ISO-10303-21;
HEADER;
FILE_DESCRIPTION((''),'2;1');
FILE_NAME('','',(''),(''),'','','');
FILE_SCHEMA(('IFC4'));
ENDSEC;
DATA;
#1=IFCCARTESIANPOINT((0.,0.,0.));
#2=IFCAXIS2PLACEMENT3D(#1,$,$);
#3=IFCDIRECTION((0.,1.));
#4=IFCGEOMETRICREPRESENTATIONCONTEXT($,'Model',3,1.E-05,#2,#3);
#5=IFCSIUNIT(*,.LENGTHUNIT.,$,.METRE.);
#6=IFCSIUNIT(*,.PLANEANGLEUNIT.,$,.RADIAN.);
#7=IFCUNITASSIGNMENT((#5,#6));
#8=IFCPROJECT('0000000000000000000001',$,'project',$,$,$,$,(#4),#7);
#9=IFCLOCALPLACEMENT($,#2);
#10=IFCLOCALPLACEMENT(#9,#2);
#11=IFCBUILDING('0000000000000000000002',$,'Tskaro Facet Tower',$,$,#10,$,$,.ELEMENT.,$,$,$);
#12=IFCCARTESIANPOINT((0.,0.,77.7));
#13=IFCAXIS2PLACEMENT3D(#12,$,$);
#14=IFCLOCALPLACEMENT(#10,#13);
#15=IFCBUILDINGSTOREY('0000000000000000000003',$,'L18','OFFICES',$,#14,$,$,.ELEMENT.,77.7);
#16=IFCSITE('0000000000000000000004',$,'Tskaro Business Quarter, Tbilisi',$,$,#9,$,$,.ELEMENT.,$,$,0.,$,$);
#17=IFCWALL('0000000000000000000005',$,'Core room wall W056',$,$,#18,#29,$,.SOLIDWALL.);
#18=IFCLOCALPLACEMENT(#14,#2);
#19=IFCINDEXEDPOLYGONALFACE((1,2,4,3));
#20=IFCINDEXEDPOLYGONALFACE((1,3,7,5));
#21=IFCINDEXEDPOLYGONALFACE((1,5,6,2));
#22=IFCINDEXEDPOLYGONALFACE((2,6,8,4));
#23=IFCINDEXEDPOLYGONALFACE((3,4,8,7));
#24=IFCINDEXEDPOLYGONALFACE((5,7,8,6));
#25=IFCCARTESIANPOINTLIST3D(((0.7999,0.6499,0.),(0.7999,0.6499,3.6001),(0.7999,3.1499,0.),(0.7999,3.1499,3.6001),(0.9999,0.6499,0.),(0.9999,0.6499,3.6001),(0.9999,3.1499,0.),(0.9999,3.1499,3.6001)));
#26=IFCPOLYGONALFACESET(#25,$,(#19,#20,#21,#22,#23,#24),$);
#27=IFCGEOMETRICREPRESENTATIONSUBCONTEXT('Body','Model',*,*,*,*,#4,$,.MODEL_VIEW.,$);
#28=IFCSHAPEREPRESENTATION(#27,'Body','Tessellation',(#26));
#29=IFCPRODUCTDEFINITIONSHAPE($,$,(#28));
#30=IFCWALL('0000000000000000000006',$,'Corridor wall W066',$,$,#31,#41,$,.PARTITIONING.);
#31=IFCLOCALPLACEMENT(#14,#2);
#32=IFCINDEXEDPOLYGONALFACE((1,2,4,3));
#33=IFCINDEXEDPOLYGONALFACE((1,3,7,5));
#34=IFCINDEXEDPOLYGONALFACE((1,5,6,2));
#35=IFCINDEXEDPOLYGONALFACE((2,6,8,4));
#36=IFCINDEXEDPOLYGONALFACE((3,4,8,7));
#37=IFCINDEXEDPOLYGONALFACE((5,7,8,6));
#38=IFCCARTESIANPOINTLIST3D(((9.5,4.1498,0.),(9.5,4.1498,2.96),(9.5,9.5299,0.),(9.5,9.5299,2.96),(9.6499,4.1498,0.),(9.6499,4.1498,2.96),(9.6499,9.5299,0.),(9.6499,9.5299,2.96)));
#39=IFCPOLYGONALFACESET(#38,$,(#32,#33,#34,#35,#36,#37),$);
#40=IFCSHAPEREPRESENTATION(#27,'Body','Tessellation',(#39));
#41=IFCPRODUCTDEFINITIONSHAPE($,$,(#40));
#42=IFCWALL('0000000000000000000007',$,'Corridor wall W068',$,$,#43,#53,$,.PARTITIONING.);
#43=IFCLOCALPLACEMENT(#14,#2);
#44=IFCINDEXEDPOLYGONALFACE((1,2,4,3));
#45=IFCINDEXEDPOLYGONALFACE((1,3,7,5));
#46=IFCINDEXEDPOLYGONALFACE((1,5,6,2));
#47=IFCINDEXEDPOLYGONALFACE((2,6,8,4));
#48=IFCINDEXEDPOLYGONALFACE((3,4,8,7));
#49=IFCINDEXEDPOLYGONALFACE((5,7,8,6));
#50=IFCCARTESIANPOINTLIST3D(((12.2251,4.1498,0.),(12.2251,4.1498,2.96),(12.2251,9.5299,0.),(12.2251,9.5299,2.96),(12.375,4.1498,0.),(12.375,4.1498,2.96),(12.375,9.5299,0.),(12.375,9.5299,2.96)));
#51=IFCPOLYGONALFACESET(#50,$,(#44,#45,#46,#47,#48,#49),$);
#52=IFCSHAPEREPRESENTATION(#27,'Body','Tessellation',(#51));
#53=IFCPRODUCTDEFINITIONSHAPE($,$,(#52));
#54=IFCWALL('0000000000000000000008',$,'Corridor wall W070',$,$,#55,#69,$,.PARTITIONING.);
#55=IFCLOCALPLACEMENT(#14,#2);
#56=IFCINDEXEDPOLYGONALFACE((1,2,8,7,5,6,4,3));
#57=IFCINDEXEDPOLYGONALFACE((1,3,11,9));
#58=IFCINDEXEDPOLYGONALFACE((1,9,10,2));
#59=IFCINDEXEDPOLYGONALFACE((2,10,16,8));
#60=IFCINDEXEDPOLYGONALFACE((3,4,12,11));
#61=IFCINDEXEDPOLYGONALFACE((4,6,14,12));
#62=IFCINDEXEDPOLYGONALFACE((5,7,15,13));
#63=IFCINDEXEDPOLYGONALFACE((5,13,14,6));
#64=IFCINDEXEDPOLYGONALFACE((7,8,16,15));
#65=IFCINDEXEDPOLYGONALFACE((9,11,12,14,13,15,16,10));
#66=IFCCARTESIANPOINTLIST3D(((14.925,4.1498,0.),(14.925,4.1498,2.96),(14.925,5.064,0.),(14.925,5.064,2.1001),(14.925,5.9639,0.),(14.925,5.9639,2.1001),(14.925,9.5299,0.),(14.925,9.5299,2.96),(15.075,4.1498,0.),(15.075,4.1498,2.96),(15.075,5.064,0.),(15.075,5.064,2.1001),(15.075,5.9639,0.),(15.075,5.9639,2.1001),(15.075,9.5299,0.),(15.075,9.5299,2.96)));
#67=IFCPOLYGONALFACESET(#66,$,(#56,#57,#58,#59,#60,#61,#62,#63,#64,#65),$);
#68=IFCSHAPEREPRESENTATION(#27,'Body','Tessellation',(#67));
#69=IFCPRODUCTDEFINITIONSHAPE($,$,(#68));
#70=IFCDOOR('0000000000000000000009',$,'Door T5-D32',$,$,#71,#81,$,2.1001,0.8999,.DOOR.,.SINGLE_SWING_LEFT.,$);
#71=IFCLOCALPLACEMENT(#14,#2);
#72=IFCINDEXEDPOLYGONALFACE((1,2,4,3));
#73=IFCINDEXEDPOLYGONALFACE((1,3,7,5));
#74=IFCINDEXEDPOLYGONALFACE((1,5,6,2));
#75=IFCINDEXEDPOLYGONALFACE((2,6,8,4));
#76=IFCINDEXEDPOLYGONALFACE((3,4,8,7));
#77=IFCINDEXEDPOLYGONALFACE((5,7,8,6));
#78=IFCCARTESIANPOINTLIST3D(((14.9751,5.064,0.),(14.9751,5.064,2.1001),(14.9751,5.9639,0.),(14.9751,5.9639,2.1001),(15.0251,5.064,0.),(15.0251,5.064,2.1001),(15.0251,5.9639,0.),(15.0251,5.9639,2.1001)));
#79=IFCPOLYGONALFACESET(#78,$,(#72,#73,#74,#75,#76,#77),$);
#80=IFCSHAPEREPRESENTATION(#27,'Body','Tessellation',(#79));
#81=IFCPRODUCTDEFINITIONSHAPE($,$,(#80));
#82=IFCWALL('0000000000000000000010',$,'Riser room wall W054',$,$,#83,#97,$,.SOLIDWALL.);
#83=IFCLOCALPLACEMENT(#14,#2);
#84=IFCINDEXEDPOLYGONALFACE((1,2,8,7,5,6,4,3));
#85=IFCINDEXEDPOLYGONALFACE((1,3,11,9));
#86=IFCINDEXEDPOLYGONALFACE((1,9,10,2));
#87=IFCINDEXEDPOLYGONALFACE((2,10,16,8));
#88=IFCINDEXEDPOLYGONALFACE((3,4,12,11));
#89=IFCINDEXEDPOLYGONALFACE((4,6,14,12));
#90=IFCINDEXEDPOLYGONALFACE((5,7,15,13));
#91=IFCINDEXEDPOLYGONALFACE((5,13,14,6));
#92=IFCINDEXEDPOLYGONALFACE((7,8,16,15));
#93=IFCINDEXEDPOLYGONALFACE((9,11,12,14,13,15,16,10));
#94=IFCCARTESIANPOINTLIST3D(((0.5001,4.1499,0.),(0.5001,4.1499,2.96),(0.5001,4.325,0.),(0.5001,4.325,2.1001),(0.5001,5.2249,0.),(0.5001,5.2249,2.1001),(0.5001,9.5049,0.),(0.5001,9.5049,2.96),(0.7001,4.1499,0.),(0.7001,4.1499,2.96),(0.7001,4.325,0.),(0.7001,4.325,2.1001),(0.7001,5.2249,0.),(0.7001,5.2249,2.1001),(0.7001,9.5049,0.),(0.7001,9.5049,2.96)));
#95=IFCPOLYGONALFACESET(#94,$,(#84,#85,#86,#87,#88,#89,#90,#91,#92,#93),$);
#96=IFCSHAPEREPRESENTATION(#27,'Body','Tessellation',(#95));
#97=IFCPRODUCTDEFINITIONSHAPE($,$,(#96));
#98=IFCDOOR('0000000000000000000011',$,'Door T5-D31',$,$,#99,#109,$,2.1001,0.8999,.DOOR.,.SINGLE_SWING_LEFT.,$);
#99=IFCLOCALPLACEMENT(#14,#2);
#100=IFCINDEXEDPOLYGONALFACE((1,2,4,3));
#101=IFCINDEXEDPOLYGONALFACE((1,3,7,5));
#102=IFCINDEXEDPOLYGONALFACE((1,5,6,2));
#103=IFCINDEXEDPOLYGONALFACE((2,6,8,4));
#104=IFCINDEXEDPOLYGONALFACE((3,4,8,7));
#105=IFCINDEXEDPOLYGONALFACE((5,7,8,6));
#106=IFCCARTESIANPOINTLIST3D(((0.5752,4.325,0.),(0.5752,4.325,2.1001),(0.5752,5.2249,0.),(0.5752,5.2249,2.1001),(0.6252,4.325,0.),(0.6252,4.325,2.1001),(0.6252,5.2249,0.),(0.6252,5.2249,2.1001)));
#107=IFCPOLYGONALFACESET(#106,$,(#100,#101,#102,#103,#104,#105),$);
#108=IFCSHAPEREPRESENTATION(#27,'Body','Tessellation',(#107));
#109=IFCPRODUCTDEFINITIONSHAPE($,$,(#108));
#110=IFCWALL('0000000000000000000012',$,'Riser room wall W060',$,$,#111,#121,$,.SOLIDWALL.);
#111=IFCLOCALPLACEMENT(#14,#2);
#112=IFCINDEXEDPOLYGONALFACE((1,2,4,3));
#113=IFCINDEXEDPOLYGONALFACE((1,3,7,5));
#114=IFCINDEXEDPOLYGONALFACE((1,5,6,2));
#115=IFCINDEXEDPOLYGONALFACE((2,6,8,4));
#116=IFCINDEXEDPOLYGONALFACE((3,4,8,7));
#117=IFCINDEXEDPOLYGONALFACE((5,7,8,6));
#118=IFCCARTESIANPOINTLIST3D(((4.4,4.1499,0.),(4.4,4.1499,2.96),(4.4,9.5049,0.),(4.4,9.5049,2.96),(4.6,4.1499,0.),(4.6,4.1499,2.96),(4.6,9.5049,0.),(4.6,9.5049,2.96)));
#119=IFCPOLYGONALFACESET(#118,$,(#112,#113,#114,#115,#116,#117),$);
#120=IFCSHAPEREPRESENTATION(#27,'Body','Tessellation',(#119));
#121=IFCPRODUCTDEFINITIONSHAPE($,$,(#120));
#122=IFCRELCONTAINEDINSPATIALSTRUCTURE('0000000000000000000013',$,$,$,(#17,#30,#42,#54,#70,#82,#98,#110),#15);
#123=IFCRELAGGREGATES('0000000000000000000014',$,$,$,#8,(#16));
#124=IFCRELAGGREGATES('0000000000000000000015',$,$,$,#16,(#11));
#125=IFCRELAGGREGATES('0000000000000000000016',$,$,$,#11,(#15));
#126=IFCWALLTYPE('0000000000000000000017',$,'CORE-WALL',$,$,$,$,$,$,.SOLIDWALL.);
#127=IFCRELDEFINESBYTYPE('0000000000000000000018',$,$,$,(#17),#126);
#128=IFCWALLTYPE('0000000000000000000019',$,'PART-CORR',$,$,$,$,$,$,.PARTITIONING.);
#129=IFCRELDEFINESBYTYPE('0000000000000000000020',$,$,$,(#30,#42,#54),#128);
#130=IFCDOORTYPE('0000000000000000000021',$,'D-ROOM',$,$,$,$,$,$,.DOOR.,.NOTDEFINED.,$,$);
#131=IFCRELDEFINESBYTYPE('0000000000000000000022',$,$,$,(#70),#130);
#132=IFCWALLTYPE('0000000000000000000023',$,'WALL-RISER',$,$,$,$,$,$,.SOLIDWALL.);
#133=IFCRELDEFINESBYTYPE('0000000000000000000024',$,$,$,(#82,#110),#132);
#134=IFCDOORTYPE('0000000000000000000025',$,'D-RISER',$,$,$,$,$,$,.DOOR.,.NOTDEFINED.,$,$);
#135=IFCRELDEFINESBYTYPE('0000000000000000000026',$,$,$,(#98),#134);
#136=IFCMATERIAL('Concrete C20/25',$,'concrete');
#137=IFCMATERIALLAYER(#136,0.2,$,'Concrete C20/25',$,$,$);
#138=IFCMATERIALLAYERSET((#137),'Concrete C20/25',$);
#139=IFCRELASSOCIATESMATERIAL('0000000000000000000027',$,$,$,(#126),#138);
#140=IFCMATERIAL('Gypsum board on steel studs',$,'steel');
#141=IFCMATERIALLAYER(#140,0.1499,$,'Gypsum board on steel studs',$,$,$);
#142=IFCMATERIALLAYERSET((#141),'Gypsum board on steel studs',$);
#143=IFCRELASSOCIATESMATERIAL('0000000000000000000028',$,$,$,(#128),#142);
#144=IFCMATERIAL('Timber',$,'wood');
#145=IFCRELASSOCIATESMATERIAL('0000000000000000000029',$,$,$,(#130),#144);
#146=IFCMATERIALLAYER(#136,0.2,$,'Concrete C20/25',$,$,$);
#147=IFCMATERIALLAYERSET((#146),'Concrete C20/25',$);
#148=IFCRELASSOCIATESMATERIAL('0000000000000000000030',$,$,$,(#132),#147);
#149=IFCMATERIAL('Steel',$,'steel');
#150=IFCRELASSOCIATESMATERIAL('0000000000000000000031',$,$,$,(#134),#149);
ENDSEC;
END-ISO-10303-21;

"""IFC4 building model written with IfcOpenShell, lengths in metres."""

from ifc_helpers import new_model, si_unit, direction, frame, frame_2d, origin, place, context, subcontext, project, spatial, rectangle, extrude, material, layer, layer_set, type_object, element, fill, save


model = new_model("IFC4")

# Units and contexts
model_context = context("Model", 3, precision=1e-05, world=origin(), true_north=direction((0.0, 1.0)))
body_context = subcontext(model_context, "Body", "Model", "MODEL_VIEW")
ifc_project = project(units=[si_unit("LENGTHUNIT", "METRE"), si_unit("PLANEANGLEUNIT", "RADIAN")], contexts=[model_context])

# Site, building, storey
site_placement = place(None, origin())
site = spatial("IfcSite", under=ifc_project, at=site_placement, Name="Tskaro Business Quarter, Tbilisi", CompositionType="ELEMENT", RefElevation=0.0)
building_placement = place(site_placement, origin())
building = spatial("IfcBuilding", under=site, at=building_placement, Name="Tskaro Facet Tower", CompositionType="ELEMENT")
storey_placement = place(building_placement, frame((0.0, 0.0, 77.7)))
storey = spatial("IfcBuildingStorey", under=building, at=storey_placement, Name="L18", Description="OFFICES", CompositionType="ELEMENT", Elevation=77.7)

# Shared definitions
ifc_material_1 = material(Name="Concrete C20/25", Category="concrete")
ifc_layer_1 = layer(ifc_material_1, 0.2, Name="Concrete C20/25")
ifc_layer_set_1 = layer_set([ifc_layer_1], Name="Concrete C20/25")
wall_type_1 = type_object("IfcWallType", Name="CORE-WALL", PredefinedType="SOLIDWALL", material=ifc_layer_set_1)
ifc_material_2 = material(Name="Steel", Category="steel")

# Walls
wall_1_placement = place(storey_placement, frame((0.8999, 0.6499, 0.0), z_axis=(0.0, 0.0, 1.0), x_axis=(0.0, 1.0, 0.0)))
element("IfcWall", 1, at=wall_1_placement, inside=storey, type_object=wall_type_1, Name="Core room wall W056", PredefinedType="SOLIDWALL", context=body_context, shape_type="SweptSolid", body=[
    extrude(rectangle(XDim=2.5, YDim=0.2, at=frame_2d((1.25, 0.0))), origin(), (0.0, 0.0, 1.0), 3.6001),
])
ifc_material_3 = material(Name="Gypsum board on steel studs", Category="steel")
ifc_layer_2 = layer(ifc_material_3, 0.1499, Name="Gypsum board on steel studs")
ifc_layer_set_2 = layer_set([ifc_layer_2], Name="Gypsum board on steel studs")
wall_type_2 = type_object("IfcWallType", Name="PART-CORR", PredefinedType="PARTITIONING", material=ifc_layer_set_2)
for number, where, z_axis, x_axis, name in (
    (2, (9.575, 4.1499, 0.0), (0.0, 0.0, 1.0), (0.0, 1.0, 0.0), "Corridor wall W066"),
    (3, (12.3, 4.1499, 0.0), (0.0, 0.0, 1.0), (0.0, 1.0, 0.0), "Corridor wall W068"),
):
    element("IfcWall", number, at=place(storey_placement, frame(where, z_axis=z_axis, x_axis=x_axis)), inside=storey, type_object=wall_type_2, Name=name, PredefinedType="PARTITIONING", context=body_context, shape_type="SweptSolid", body=[
        extrude(rectangle(XDim=5.3801, YDim=0.1499, at=frame_2d((2.6899, 0.0))), origin(), (0.0, 0.0, 1.0), 2.96),
    ])

# Walls, openings, doors
wall_2_placement = place(storey_placement, frame((15.0, 4.1499, 0.0), z_axis=(0.0, 0.0, 1.0), x_axis=(0.0, 1.0, 0.0)))
wall_2 = element("IfcWall", 4, at=wall_2_placement, inside=storey, type_object=wall_type_2, Name="Corridor wall W070", PredefinedType="PARTITIONING", context=body_context, shape_type="SweptSolid", body=[
    extrude(rectangle(XDim=5.3801, YDim=0.1499, at=frame_2d((2.6899, 0.0))), origin(), (0.0, 0.0, 1.0), 2.96),
])
opening_1_placement = place(wall_2_placement, frame((0.9141, 0.0, 0.0)))
opening_1 = element("IfcOpeningElement", 5, at=opening_1_placement, cuts=wall_2, PredefinedType="OPENING", context=body_context, shape_type="SweptSolid", body=[
    extrude(rectangle(XDim=0.8999, YDim=2.1001, at=frame_2d((0.45, 1.05))), frame((0.0, 0.085, 0.0), z_axis=(0.0, -1.0, 0.0), x_axis=(1.0, 0.0, 0.0)), (0.0, 0.0, 1.0), 0.1699),
])
ifc_material_4 = material(Name="Timber", Category="wood")
door_type_1 = type_object("IfcDoorType", Name="D-ROOM", OperationType="NOTDEFINED", PredefinedType="DOOR", material=ifc_material_4)
door_1_placement = place(opening_1_placement, origin())
door_1 = element("IfcDoor", 6, at=door_1_placement, inside=storey, type_object=door_type_1, Name="Door T5-D32", OperationType="SINGLE_SWING_LEFT", OverallHeight=2.1001, OverallWidth=0.8999, PredefinedType="DOOR", context=body_context, shape_type="SweptSolid", body=[
    extrude(rectangle(XDim=0.8999, YDim=2.1001, at=frame_2d((0.45, 1.05))), frame((0.0, 0.0249, 0.0), z_axis=(0.0, -1.0, 0.0), x_axis=(1.0, 0.0, 0.0)), (0.0, 0.0, 1.0), 0.05),
])
fill(opening_1, door_1)
ifc_layer_3 = layer(ifc_material_1, 0.2, Name="Concrete C20/25")
ifc_layer_set_3 = layer_set([ifc_layer_3], Name="Concrete C20/25")
wall_type_3 = type_object("IfcWallType", Name="WALL-RISER", PredefinedType="SOLIDWALL", material=ifc_layer_set_3)
wall_3_placement = place(storey_placement, frame((0.6001, 4.1499, 0.0), z_axis=(0.0, 0.0, 1.0), x_axis=(0.0, 1.0, 0.0)))
wall_3 = element("IfcWall", 7, at=wall_3_placement, inside=storey, type_object=wall_type_3, Name="Riser room wall W054", PredefinedType="SOLIDWALL", context=body_context, shape_type="SweptSolid", body=[
    extrude(rectangle(XDim=5.355, YDim=0.2, at=frame_2d((2.6775, 0.0))), origin(), (0.0, 0.0, 1.0), 2.96),
])
opening_2_placement = place(wall_3_placement, frame((0.175, 0.0, 0.0)))
opening_2 = element("IfcOpeningElement", 8, at=opening_2_placement, cuts=wall_3, PredefinedType="OPENING", context=body_context, shape_type="SweptSolid", body=[
    extrude(rectangle(XDim=0.8999, YDim=2.1001, at=frame_2d((0.45, 1.05))), frame((0.0, 0.1099, 0.0), z_axis=(0.0, -1.0, 0.0), x_axis=(1.0, 0.0, 0.0)), (0.0, 0.0, 1.0), 0.22),
])
door_type_2 = type_object("IfcDoorType", Name="D-RISER", OperationType="NOTDEFINED", PredefinedType="DOOR", material=ifc_material_2)
door_2_placement = place(opening_2_placement, origin())
door_2 = element("IfcDoor", 9, at=door_2_placement, inside=storey, type_object=door_type_2, Name="Door T5-D31", OperationType="SINGLE_SWING_LEFT", OverallHeight=2.1001, OverallWidth=0.8999, PredefinedType="DOOR", context=body_context, shape_type="SweptSolid", body=[
    extrude(rectangle(XDim=0.8999, YDim=2.1001, at=frame_2d((0.45, 1.05))), frame((0.0, 0.0249, 0.0), z_axis=(0.0, -1.0, 0.0), x_axis=(1.0, 0.0, 0.0)), (0.0, 0.0, 1.0), 0.05),
])
fill(opening_2, door_2)

# Wall
wall_4_placement = place(storey_placement, frame((4.5, 4.1499, 0.0), z_axis=(0.0, 0.0, 1.0), x_axis=(0.0, 1.0, 0.0)))
element("IfcWall", 10, at=wall_4_placement, inside=storey, type_object=wall_type_3, Name="Riser room wall W060", PredefinedType="SOLIDWALL", context=body_context, shape_type="SweptSolid", body=[
    extrude(rectangle(XDim=5.355, YDim=0.2, at=frame_2d((2.6775, 0.0))), origin(), (0.0, 0.0, 1.0), 2.96),
])

save(model, "model.ifc")
